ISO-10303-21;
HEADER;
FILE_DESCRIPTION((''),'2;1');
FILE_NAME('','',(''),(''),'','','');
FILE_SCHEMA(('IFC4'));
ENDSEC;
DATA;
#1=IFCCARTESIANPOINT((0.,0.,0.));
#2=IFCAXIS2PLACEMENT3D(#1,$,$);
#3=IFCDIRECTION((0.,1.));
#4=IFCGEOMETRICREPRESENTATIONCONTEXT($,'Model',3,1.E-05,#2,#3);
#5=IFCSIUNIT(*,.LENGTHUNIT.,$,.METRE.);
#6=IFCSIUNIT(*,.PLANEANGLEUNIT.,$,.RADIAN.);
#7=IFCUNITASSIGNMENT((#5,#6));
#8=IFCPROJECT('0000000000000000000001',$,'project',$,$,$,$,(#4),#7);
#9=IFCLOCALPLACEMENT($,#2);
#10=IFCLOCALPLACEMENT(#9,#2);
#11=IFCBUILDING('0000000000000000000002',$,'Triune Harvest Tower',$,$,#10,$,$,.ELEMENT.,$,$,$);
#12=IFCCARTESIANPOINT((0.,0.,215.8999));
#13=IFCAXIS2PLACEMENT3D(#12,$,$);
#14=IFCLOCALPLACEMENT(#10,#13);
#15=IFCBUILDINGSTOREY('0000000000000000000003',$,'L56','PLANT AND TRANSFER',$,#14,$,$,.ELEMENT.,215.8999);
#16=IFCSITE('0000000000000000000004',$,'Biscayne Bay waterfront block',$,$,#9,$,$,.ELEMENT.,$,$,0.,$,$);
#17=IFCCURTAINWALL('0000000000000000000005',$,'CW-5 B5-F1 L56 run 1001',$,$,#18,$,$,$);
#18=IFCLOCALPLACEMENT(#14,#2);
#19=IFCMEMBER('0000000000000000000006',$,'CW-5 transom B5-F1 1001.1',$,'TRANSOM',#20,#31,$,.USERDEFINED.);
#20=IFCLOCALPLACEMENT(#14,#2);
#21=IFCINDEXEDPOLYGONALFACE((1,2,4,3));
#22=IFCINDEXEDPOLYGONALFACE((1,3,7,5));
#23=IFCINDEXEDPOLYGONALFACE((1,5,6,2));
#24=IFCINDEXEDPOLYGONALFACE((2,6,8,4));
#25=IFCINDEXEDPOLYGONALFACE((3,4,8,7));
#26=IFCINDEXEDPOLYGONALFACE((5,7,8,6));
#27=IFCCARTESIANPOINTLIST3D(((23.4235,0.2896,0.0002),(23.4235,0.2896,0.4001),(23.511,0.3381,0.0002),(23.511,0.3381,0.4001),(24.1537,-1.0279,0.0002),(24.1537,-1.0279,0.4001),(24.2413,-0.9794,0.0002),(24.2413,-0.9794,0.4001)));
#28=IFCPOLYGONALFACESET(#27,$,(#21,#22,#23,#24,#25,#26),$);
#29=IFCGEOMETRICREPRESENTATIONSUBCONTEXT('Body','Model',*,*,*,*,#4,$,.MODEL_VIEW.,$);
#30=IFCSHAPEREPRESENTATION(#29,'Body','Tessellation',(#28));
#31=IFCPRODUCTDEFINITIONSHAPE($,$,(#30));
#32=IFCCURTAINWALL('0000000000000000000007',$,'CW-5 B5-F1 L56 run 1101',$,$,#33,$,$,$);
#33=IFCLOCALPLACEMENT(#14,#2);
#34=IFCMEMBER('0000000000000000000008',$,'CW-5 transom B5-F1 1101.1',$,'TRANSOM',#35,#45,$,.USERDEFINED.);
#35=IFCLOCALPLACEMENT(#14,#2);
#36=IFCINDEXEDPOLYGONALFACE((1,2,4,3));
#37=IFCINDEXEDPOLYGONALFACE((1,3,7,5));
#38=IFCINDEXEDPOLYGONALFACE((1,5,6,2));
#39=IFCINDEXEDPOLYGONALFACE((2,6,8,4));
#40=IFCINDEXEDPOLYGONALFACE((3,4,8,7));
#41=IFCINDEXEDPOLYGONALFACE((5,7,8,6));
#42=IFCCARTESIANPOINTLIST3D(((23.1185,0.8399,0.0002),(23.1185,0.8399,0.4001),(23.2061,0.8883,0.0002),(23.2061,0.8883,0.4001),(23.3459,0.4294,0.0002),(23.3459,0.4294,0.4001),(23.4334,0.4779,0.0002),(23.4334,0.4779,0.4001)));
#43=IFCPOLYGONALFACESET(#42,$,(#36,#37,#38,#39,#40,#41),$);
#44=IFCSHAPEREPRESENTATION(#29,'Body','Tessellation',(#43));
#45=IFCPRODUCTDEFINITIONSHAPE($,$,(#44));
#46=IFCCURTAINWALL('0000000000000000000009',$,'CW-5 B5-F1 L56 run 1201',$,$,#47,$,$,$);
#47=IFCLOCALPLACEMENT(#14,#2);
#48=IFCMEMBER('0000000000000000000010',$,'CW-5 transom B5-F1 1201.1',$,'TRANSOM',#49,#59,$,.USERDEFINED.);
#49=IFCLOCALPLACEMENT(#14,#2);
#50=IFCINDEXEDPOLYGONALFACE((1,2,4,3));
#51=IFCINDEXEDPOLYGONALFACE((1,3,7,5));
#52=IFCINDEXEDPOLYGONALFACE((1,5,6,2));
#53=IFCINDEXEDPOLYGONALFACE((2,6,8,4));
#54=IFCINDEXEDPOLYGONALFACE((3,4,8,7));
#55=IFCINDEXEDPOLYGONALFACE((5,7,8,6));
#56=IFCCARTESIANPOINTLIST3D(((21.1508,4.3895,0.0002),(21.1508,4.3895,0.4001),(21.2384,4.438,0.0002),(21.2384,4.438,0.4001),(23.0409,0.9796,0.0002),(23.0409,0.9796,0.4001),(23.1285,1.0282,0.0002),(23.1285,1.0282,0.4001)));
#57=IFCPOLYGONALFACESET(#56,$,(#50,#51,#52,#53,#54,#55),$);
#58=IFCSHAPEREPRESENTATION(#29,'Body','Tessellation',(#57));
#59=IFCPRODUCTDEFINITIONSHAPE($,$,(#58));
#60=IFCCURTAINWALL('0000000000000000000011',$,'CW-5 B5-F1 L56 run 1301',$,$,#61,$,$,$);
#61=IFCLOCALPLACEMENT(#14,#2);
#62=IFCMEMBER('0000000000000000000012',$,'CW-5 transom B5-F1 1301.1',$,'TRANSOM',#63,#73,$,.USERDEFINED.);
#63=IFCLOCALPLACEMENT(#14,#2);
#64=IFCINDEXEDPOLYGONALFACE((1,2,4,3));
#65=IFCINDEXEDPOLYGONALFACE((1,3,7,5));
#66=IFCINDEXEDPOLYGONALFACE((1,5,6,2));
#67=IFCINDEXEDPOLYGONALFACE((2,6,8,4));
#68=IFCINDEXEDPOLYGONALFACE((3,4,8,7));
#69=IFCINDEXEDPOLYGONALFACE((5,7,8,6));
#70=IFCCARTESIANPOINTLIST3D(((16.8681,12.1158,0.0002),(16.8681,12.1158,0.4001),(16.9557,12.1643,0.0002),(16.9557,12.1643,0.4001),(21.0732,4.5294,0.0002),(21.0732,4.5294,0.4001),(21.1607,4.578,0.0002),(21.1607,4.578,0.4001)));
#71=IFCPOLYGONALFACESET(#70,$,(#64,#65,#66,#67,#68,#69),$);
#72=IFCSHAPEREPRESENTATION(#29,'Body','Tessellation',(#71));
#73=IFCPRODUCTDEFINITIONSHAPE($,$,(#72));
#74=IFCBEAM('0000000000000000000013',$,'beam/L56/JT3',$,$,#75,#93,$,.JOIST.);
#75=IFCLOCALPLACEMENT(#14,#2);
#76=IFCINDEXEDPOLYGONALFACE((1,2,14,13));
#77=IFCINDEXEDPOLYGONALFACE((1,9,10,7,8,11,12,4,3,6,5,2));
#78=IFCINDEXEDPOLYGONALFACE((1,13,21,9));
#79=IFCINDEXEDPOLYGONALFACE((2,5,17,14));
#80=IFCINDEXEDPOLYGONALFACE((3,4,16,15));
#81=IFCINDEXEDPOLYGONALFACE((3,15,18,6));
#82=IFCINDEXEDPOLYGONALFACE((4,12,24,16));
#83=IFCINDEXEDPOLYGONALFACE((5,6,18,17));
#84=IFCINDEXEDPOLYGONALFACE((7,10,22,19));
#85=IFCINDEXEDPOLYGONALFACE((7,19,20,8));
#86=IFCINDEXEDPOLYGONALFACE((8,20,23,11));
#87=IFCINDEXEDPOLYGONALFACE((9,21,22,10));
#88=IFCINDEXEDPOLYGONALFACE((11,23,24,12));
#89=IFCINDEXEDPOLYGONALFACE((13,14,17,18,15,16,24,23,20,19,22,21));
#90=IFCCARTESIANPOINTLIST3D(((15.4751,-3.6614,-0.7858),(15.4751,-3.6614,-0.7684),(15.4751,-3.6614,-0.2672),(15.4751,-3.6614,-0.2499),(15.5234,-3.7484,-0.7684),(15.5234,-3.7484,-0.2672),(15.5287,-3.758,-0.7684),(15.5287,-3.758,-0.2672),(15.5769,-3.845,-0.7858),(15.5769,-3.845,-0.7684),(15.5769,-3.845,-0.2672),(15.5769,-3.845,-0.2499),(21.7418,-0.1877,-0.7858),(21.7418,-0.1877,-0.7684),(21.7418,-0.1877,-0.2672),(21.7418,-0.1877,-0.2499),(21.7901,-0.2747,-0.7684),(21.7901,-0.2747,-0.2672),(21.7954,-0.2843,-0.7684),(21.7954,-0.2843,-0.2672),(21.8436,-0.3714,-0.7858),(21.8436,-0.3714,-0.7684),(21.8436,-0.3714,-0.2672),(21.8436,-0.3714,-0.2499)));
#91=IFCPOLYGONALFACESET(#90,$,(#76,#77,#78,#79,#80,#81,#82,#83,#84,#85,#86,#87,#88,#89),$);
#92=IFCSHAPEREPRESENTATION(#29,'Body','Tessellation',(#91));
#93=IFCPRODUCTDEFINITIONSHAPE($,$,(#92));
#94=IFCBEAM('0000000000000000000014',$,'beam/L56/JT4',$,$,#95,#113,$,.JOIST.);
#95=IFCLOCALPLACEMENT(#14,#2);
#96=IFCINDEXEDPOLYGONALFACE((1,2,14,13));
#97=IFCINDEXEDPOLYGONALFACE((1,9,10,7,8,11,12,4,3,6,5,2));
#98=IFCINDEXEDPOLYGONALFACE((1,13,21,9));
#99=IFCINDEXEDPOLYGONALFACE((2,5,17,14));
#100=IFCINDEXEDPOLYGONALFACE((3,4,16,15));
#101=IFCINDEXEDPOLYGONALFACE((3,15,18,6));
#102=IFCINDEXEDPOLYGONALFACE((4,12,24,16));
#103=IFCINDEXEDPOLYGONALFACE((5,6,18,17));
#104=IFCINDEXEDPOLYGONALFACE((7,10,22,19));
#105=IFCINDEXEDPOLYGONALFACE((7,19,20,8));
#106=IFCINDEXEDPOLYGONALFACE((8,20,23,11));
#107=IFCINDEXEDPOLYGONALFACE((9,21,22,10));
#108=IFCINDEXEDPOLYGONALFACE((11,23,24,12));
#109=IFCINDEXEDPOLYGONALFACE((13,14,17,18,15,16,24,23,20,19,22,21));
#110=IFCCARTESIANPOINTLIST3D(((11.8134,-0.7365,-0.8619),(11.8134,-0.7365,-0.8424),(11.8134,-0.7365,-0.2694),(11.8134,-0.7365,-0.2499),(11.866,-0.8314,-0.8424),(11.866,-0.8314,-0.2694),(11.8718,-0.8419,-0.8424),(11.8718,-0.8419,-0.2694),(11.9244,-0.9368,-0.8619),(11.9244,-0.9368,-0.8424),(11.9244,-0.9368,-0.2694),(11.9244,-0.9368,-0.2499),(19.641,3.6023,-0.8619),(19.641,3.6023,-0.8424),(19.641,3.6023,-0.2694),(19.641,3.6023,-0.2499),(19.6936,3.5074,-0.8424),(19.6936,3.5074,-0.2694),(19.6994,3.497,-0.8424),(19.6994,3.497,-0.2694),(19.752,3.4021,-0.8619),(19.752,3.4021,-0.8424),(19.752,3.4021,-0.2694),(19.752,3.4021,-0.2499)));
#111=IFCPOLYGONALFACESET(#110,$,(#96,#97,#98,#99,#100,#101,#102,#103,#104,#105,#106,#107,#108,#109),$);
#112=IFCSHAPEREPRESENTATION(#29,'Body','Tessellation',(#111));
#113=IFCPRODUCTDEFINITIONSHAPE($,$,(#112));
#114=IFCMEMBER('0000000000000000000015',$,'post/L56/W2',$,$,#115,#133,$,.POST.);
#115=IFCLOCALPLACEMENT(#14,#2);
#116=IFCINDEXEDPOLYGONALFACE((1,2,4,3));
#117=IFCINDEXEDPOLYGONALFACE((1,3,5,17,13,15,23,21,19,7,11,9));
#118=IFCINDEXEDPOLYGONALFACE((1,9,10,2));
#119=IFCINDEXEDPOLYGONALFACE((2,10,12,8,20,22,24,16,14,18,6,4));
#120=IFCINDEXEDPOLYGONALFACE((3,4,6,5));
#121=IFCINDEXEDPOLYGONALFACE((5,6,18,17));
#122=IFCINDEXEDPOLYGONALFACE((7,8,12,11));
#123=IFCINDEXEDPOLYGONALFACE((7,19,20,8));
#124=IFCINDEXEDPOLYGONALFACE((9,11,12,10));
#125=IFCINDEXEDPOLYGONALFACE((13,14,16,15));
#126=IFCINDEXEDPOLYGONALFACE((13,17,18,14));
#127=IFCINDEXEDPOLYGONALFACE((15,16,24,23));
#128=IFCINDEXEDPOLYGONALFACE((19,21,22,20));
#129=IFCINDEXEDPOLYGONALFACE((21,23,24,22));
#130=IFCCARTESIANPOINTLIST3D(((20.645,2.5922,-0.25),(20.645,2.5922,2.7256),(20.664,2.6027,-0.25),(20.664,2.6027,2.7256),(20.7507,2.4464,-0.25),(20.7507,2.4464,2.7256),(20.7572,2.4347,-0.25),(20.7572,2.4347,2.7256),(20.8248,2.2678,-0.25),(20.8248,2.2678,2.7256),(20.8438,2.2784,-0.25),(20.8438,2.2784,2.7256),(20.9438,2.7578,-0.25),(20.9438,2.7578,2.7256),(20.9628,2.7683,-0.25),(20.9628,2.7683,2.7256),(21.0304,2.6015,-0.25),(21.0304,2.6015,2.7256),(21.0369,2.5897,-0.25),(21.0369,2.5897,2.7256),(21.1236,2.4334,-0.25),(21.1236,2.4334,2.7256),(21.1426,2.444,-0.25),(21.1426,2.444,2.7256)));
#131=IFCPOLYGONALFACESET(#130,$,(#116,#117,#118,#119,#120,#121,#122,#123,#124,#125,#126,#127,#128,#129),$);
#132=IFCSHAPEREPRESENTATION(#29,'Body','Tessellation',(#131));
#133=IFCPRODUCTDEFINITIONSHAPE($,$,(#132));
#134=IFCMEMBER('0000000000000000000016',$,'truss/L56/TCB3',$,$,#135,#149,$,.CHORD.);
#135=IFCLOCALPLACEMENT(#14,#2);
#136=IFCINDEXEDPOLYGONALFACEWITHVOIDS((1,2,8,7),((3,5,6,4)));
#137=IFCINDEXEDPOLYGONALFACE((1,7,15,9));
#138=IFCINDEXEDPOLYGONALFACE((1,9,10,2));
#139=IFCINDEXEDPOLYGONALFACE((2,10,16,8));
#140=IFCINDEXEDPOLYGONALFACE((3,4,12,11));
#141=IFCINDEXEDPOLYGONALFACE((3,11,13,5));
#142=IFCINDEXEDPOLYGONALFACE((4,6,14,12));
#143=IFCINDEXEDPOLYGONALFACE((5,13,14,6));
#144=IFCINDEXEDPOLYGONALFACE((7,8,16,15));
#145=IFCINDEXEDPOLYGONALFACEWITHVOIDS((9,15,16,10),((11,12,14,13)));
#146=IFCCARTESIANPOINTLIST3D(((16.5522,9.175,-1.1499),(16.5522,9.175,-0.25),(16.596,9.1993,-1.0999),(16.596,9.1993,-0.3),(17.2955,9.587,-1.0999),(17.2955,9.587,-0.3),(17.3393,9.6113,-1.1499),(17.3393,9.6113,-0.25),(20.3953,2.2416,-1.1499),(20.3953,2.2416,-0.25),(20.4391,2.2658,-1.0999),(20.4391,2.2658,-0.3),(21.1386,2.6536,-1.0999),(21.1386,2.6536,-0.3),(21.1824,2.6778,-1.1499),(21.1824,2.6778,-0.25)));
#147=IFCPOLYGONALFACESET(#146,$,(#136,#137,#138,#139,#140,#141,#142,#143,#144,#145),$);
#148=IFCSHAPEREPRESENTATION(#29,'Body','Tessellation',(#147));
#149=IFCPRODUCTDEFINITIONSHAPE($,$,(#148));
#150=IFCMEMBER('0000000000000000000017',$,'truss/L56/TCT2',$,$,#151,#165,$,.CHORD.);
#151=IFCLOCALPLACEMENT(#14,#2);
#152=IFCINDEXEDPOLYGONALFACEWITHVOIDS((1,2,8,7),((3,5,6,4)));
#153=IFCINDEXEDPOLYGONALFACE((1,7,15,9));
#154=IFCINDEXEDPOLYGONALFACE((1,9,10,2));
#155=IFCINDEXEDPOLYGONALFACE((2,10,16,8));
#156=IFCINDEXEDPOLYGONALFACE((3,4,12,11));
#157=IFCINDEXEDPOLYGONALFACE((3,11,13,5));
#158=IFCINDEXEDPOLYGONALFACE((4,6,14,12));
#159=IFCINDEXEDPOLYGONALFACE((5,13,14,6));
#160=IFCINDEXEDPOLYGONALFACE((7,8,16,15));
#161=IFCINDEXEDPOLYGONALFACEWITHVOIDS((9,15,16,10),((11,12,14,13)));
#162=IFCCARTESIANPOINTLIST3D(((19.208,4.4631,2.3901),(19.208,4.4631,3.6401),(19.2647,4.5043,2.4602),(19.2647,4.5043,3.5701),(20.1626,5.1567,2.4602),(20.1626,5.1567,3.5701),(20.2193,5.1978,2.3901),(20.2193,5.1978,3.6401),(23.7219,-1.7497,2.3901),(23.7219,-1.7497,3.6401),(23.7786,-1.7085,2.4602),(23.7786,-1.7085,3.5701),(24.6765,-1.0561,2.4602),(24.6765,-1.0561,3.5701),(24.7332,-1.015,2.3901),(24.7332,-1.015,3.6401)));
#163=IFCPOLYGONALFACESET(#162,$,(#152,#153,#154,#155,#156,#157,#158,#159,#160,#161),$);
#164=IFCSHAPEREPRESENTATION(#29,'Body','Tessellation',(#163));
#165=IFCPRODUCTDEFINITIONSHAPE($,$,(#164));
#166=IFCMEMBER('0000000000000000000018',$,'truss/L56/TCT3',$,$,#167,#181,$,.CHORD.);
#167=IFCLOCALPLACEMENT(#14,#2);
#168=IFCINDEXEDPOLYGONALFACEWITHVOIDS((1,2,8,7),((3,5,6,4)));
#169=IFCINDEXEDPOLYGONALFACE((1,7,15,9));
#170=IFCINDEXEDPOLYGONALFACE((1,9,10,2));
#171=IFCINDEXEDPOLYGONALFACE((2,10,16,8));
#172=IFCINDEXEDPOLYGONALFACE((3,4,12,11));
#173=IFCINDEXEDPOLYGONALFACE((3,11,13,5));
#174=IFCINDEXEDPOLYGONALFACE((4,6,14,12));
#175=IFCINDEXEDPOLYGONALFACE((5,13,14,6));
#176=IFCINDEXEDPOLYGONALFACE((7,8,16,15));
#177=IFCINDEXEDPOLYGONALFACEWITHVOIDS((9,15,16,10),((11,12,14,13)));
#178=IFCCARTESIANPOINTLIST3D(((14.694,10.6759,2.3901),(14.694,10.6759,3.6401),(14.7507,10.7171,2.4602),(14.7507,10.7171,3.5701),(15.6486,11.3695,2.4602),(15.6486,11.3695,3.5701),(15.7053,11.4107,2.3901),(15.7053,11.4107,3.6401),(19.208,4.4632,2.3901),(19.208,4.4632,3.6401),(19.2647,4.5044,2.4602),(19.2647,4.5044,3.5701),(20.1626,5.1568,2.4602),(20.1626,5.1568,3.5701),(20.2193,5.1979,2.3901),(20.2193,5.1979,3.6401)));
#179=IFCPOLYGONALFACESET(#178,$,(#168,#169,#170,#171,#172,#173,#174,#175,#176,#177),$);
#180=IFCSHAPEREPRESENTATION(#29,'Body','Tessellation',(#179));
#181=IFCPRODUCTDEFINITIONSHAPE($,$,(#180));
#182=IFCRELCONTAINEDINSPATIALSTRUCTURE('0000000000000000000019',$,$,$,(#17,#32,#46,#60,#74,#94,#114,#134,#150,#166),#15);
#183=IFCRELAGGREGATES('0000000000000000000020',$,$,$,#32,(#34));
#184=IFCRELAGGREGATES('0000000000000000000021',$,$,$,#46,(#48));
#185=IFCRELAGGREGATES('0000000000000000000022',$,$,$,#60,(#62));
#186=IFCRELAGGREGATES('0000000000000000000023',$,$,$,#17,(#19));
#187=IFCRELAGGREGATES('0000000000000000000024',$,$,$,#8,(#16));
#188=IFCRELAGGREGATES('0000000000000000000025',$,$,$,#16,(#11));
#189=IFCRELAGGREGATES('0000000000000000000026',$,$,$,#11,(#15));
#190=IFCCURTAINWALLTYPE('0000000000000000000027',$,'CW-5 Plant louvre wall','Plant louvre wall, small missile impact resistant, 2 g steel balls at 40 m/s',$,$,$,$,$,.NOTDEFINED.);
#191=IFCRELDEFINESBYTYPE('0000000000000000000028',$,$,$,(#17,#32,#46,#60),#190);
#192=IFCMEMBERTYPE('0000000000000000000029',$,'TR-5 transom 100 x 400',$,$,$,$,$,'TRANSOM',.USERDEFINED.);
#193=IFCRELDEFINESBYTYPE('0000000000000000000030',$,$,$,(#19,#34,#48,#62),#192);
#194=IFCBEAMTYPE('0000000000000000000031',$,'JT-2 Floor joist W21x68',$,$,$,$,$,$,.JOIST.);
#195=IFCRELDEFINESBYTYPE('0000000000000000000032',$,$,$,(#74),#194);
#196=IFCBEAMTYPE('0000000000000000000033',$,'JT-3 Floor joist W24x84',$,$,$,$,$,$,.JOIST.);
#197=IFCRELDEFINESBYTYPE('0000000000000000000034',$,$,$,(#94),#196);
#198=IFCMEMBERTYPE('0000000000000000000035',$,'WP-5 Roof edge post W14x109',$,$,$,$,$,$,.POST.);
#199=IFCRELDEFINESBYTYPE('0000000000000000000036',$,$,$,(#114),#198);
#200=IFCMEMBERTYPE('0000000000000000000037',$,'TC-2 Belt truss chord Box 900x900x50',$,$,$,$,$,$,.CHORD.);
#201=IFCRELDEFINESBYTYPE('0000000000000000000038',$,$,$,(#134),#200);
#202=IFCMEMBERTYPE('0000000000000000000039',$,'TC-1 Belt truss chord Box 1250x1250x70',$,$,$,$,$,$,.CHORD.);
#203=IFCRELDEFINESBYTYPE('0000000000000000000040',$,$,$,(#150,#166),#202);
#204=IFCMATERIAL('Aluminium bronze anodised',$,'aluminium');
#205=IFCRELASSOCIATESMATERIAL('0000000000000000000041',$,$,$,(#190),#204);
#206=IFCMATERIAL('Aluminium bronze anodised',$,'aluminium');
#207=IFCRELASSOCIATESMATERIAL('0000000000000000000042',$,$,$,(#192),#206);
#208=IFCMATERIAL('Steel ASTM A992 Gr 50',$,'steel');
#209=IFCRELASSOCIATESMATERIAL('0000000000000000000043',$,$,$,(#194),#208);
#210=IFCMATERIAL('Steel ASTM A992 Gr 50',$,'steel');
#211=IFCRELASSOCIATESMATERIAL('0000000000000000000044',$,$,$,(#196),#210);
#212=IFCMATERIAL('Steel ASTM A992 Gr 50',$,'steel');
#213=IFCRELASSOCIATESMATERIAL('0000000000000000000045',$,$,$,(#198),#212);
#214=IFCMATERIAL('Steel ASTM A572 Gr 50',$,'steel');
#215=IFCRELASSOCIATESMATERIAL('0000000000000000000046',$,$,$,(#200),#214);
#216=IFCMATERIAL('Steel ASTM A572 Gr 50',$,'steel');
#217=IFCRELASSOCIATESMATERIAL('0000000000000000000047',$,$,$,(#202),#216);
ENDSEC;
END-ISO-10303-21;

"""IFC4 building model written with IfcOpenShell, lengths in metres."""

from ifc_helpers import new_model, si_unit, direction, frame, origin, origin_2d, place, context, subcontext, project, spatial, rectangle, hollow_rectangle, i_section, extrude, source, transform, mapped, material, material_profile, profile_set, type_object, element, aggregate, save


model = new_model("IFC4")

# Units and contexts
model_context = context("Model", 3, precision=1e-05, world=origin(), true_north=direction((0.0, 1.0)))
body_context = subcontext(model_context, "Body", "Model", "MODEL_VIEW")
ifc_project = project(units=[si_unit("LENGTHUNIT", "METRE"), si_unit("PLANEANGLEUNIT", "RADIAN")], contexts=[model_context])

# Site, building, storey
site_placement = place(None, origin())
site = spatial("IfcSite", under=ifc_project, at=site_placement, Name="Biscayne Bay waterfront block", CompositionType="ELEMENT", RefElevation=0.0)
building_placement = place(site_placement, origin())
building = spatial("IfcBuilding", under=site, at=building_placement, Name="Triune Harvest Tower", CompositionType="ELEMENT")
storey_placement = place(building_placement, frame((0.0, 0.0, 215.8999)))
storey = spatial("IfcBuildingStorey", under=building, at=storey_placement, Name="L56", Description="PLANT AND TRANSFER", CompositionType="ELEMENT", Elevation=215.8999)

# Curtain walls, members
ifc_material_1 = material(Name="Aluminium bronze anodised", Category="aluminium")
curtain_wall_type = type_object("IfcCurtainWallType", Name="CW-5 Plant louvre wall", Description="Plant louvre wall, small missile impact resistant, 2 g steel balls at 40 m/s", PredefinedType="NOTDEFINED", material=ifc_material_1)
curtain_wall_1_placement = place(storey_placement, origin())
curtain_wall_1 = element("IfcCurtainWall", 1, at=curtain_wall_1_placement, inside=storey, type_object=curtain_wall_type, Name="CW-5 B5-F1 L56 run 1001")
ifc_material_2 = material(Name="Aluminium bronze anodised", Category="aluminium")
ifc_material_profile_1 = material_profile(ifc_material_2, rectangle(XDim=0.1001, YDim=0.3999, at=origin_2d()), Name="TR-5 transom 100 x 400")
ifc_profile_set_1 = profile_set([ifc_material_profile_1], Name="Aluminium bronze anodised")
member_type_1 = type_object("IfcMemberType", Name="TR-5 transom 100 x 400", ElementType="TRANSOM", PredefinedType="USERDEFINED", material=ifc_profile_set_1)
member_1_placement = place(storey_placement, frame((24.1975, -1.0037, 0.2002), z_axis=(-0.484803, 0.874623, 0.0), x_axis=(-0.874623, -0.484803, 0.0)))
member_1 = element("IfcMember", 2, at=member_1_placement, type_object=member_type_1, Name="CW-5 transom B5-F1 1001.1", ObjectType="TRANSOM", PredefinedType="USERDEFINED", context=body_context, shape_type="SweptSolid", body=[
    extrude(rectangle(XDim=0.1001, YDim=0.3999, at=origin_2d()), origin(), (0.0, 0.0, 1.0), 1.5063),
])
curtain_wall_2_placement = place(storey_placement, origin())
curtain_wall_2 = element("IfcCurtainWall", 3, at=curtain_wall_2_placement, inside=storey, type_object=curtain_wall_type, Name="CW-5 B5-F1 L56 run 1101")
member_2_placement = place(storey_placement, frame((23.3896, 0.4536, 0.2002), z_axis=(-0.484494, 0.874795, 0.0), x_axis=(-0.874795, -0.484494, 0.0)))
member_2 = element("IfcMember", 4, at=member_2_placement, type_object=member_type_1, Name="CW-5 transom B5-F1 1101.1", ObjectType="TRANSOM", PredefinedType="USERDEFINED", context=body_context, shape_type="SweptSolid", body=[
    extrude(rectangle(XDim=0.1001, YDim=0.3999, at=origin_2d()), origin(), (0.0, 0.0, 1.0), 0.4692),
])
curtain_wall_3_placement = place(storey_placement, origin())
curtain_wall_3 = element("IfcCurtainWall", 5, at=curtain_wall_3_placement, inside=storey, type_object=curtain_wall_type, Name="CW-5 B5-F1 L56 run 1201")
member_3_placement = place(storey_placement, frame((23.0847, 1.0039, 0.2002), z_axis=(-0.484808, 0.874621, 0.0), x_axis=(-0.874621, -0.484808, 0.0)))
member_3 = element("IfcMember", 6, at=member_3_placement, type_object=member_type_1, Name="CW-5 transom B5-F1 1201.1", ObjectType="TRANSOM", PredefinedType="USERDEFINED", context=body_context, shape_type="SweptSolid", body=[
    extrude(rectangle(XDim=0.1001, YDim=0.3999, at=origin_2d()), origin(), (0.0, 0.0, 1.0), 3.8987),
])
curtain_wall_4_placement = place(storey_placement, origin())
curtain_wall_4 = element("IfcCurtainWall", 7, at=curtain_wall_4_placement, inside=storey, type_object=curtain_wall_type, Name="CW-5 B5-F1 L56 run 1301")
member_4_placement = place(storey_placement, frame((21.1169, 4.5537, 0.2002), z_axis=(-0.484797, 0.874627, 0.0), x_axis=(-0.874627, -0.484797, 0.0)))
member_4 = element("IfcMember", 8, at=member_4_placement, type_object=member_type_1, Name="CW-5 transom B5-F1 1301.1", ObjectType="TRANSOM", PredefinedType="USERDEFINED", context=body_context, shape_type="SweptSolid", body=[
    extrude(rectangle(XDim=0.1001, YDim=0.3999, at=origin_2d()), origin(), (0.0, 0.0, 1.0), 8.6738),
])

# Beams
ifc_material_3 = material(Name="Steel ASTM A992 Gr 50", Category="steel")
ifc_material_profile_2 = material_profile(ifc_material_3, i_section(OverallWidth=0.21, OverallDepth=0.5359, WebThickness=0.011, FlangeThickness=0.0173, at=origin_2d()), Name="W21x68")
ifc_profile_set_2 = profile_set([ifc_material_profile_2], Name="Steel ASTM A992 Gr 50")
beam_type_1 = type_object("IfcBeamType", Name="JT-2 Floor joist W21x68", PredefinedType="JOIST", material=ifc_profile_set_2)
shared_shape_1 = source(origin(), body_context, "Body", "SweptSolid", [
    extrude(i_section(OverallWidth=0.21, OverallDepth=0.5359, WebThickness=0.011, FlangeThickness=0.0173, at=origin_2d()), origin(), (0.0, 0.0, 1.0), 7.165),
])
beam_1_placement = place(storey_placement, frame((21.7927, -0.2795, -0.5178), z_axis=(-0.87462, -0.484809, 0.0), x_axis=(0.484809, -0.87462, 0.0)))
element("IfcBeam", 9, at=beam_1_placement, inside=storey, type_object=beam_type_1, Name="beam/L56/JT3", PredefinedType="JOIST", context=body_context, shape_type="MappedRepresentation", body=[
    mapped(shared_shape_1, transform((0.0, 0.0, 0.0), scale=1.0)),
])
ifc_material_4 = material(Name="Steel ASTM A992 Gr 50", Category="steel")
ifc_material_profile_3 = material_profile(ifc_material_4, i_section(OverallWidth=0.229, OverallDepth=0.6121, WebThickness=0.012, FlangeThickness=0.0195, at=origin_2d()), Name="W24x84")
ifc_profile_set_3 = profile_set([ifc_material_profile_3], Name="Steel ASTM A992 Gr 50")
beam_type_2 = type_object("IfcBeamType", Name="JT-3 Floor joist W24x84", PredefinedType="JOIST", material=ifc_profile_set_3)
shared_shape_2 = source(origin(), body_context, "Body", "SweptSolid", [
    extrude(i_section(OverallWidth=0.229, OverallDepth=0.6121, WebThickness=0.012, FlangeThickness=0.0195, at=origin_2d()), origin(), (0.0, 0.0, 1.0), 8.9497),
])
beam_2_placement = place(storey_placement, frame((19.6965, 3.5022, -0.5559), z_axis=(-0.874623, -0.484804, 0.0), x_axis=(0.484804, -0.874623, 0.0)))
element("IfcBeam", 10, at=beam_2_placement, inside=storey, type_object=beam_type_2, Name="beam/L56/JT4", PredefinedType="JOIST", context=body_context, shape_type="MappedRepresentation", body=[
    mapped(shared_shape_2, transform((0.0, 0.0, 0.0), scale=1.0)),
])

# Members
ifc_material_5 = material(Name="Steel ASTM A992 Gr 50", Category="steel")
ifc_material_profile_4 = material_profile(ifc_material_5, i_section(OverallWidth=0.3708, OverallDepth=0.3633, WebThickness=0.0134, FlangeThickness=0.0217, at=origin_2d()), Name="W14x109")
ifc_profile_set_4 = profile_set([ifc_material_profile_4], Name="Steel ASTM A992 Gr 50")
member_type_2 = type_object("IfcMemberType", Name="WP-5 Roof edge post W14x109", PredefinedType="POST", material=ifc_profile_set_4)
shared_shape_3 = source(origin(), body_context, "Body", "SweptSolid", [
    extrude(i_section(OverallWidth=0.3708, OverallDepth=0.3633, WebThickness=0.0134, FlangeThickness=0.0217, at=origin_2d()), origin(), (0.0, 0.0, 1.0), 2.9756),
])
member_5_placement = place(storey_placement, frame((20.8938, 2.5181, -0.25), z_axis=(0.0, 0.0, 1.0), x_axis=(-0.48481, 0.87462, 0.0)))
element("IfcMember", 11, at=member_5_placement, inside=storey, type_object=member_type_2, Name="post/L56/W2", PredefinedType="POST", context=body_context, shape_type="MappedRepresentation", body=[
    mapped(shared_shape_3, transform((0.0, 0.0, 0.0), scale=1.0)),
])
ifc_material_6 = material(Name="Steel ASTM A572 Gr 50", Category="steel")
ifc_material_profile_5 = material_profile(ifc_material_6, hollow_rectangle(XDim=0.8999, YDim=0.8999, WallThickness=0.05, at=origin_2d()), Name="Box 900x900x50")
ifc_profile_set_5 = profile_set([ifc_material_profile_5], Name="Steel ASTM A572 Gr 50")
member_type_3 = type_object("IfcMemberType", Name="TC-2 Belt truss chord Box 900x900x50", PredefinedType="CHORD", material=ifc_profile_set_5)
shared_shape_4 = source(origin(), body_context, "Body", "SweptSolid", [
    extrude(hollow_rectangle(XDim=0.8999, YDim=0.8999, WallThickness=0.05, at=origin_2d()), origin(), (0.0, 0.0, 1.0), 7.9272),
])
member_6_placement = place(storey_placement, frame((20.7888, 2.4597, -0.7), z_axis=(-0.48479, 0.87463, 0.0), x_axis=(-0.87463, -0.48479, 0.0)))
element("IfcMember", 12, at=member_6_placement, inside=storey, type_object=member_type_3, Name="truss/L56/TCB3", PredefinedType="CHORD", context=body_context, shape_type="MappedRepresentation", body=[
    mapped(shared_shape_4, transform((0.0, 0.0, 0.0), scale=1.0)),
])
ifc_material_7 = material(Name="Steel ASTM A572 Gr 50", Category="steel")
ifc_material_profile_6 = material_profile(ifc_material_7, hollow_rectangle(XDim=1.25, YDim=1.25, WallThickness=0.0701, at=origin_2d()), Name="Box 1250x1250x70")
ifc_profile_set_6 = profile_set([ifc_material_profile_6], Name="Steel ASTM A572 Gr 50")
member_type_4 = type_object("IfcMemberType", Name="TC-1 Belt truss chord Box 1250x1250x70", PredefinedType="CHORD", material=ifc_profile_set_6)
shared_shape_5 = source(origin(), body_context, "Body", "SweptSolid", [
    extrude(hollow_rectangle(XDim=1.25, YDim=1.25, WallThickness=0.0701, at=origin_2d()), origin(), (0.0, 0.0, 1.0), 7.6794),
])
for number, where, z_axis, x_axis, name in (
    (13, (24.2275, -1.3823, 3.0151), (-0.587784, 0.809018, 0.0), (-0.809018, -0.587784, 0.0), "truss/L56/TCT2"),
    (14, (19.7136, 4.8306, 3.0151), (-0.587799, 0.809007, 0.0), (-0.809007, -0.587799, 0.0), "truss/L56/TCT3"),
):
    element("IfcMember", number, at=place(storey_placement, frame(where, z_axis=z_axis, x_axis=x_axis)), inside=storey, type_object=member_type_4, Name=name, PredefinedType="CHORD", context=body_context, shape_type="MappedRepresentation", body=[
        mapped(shared_shape_5, transform((0.0, 0.0, 0.0), scale=1.0)),
    ])

aggregate(curtain_wall_2, [member_2])
aggregate(curtain_wall_3, [member_3])
aggregate(curtain_wall_4, [member_4])
aggregate(curtain_wall_1, [member_1])

save(model, "model.ifc")
